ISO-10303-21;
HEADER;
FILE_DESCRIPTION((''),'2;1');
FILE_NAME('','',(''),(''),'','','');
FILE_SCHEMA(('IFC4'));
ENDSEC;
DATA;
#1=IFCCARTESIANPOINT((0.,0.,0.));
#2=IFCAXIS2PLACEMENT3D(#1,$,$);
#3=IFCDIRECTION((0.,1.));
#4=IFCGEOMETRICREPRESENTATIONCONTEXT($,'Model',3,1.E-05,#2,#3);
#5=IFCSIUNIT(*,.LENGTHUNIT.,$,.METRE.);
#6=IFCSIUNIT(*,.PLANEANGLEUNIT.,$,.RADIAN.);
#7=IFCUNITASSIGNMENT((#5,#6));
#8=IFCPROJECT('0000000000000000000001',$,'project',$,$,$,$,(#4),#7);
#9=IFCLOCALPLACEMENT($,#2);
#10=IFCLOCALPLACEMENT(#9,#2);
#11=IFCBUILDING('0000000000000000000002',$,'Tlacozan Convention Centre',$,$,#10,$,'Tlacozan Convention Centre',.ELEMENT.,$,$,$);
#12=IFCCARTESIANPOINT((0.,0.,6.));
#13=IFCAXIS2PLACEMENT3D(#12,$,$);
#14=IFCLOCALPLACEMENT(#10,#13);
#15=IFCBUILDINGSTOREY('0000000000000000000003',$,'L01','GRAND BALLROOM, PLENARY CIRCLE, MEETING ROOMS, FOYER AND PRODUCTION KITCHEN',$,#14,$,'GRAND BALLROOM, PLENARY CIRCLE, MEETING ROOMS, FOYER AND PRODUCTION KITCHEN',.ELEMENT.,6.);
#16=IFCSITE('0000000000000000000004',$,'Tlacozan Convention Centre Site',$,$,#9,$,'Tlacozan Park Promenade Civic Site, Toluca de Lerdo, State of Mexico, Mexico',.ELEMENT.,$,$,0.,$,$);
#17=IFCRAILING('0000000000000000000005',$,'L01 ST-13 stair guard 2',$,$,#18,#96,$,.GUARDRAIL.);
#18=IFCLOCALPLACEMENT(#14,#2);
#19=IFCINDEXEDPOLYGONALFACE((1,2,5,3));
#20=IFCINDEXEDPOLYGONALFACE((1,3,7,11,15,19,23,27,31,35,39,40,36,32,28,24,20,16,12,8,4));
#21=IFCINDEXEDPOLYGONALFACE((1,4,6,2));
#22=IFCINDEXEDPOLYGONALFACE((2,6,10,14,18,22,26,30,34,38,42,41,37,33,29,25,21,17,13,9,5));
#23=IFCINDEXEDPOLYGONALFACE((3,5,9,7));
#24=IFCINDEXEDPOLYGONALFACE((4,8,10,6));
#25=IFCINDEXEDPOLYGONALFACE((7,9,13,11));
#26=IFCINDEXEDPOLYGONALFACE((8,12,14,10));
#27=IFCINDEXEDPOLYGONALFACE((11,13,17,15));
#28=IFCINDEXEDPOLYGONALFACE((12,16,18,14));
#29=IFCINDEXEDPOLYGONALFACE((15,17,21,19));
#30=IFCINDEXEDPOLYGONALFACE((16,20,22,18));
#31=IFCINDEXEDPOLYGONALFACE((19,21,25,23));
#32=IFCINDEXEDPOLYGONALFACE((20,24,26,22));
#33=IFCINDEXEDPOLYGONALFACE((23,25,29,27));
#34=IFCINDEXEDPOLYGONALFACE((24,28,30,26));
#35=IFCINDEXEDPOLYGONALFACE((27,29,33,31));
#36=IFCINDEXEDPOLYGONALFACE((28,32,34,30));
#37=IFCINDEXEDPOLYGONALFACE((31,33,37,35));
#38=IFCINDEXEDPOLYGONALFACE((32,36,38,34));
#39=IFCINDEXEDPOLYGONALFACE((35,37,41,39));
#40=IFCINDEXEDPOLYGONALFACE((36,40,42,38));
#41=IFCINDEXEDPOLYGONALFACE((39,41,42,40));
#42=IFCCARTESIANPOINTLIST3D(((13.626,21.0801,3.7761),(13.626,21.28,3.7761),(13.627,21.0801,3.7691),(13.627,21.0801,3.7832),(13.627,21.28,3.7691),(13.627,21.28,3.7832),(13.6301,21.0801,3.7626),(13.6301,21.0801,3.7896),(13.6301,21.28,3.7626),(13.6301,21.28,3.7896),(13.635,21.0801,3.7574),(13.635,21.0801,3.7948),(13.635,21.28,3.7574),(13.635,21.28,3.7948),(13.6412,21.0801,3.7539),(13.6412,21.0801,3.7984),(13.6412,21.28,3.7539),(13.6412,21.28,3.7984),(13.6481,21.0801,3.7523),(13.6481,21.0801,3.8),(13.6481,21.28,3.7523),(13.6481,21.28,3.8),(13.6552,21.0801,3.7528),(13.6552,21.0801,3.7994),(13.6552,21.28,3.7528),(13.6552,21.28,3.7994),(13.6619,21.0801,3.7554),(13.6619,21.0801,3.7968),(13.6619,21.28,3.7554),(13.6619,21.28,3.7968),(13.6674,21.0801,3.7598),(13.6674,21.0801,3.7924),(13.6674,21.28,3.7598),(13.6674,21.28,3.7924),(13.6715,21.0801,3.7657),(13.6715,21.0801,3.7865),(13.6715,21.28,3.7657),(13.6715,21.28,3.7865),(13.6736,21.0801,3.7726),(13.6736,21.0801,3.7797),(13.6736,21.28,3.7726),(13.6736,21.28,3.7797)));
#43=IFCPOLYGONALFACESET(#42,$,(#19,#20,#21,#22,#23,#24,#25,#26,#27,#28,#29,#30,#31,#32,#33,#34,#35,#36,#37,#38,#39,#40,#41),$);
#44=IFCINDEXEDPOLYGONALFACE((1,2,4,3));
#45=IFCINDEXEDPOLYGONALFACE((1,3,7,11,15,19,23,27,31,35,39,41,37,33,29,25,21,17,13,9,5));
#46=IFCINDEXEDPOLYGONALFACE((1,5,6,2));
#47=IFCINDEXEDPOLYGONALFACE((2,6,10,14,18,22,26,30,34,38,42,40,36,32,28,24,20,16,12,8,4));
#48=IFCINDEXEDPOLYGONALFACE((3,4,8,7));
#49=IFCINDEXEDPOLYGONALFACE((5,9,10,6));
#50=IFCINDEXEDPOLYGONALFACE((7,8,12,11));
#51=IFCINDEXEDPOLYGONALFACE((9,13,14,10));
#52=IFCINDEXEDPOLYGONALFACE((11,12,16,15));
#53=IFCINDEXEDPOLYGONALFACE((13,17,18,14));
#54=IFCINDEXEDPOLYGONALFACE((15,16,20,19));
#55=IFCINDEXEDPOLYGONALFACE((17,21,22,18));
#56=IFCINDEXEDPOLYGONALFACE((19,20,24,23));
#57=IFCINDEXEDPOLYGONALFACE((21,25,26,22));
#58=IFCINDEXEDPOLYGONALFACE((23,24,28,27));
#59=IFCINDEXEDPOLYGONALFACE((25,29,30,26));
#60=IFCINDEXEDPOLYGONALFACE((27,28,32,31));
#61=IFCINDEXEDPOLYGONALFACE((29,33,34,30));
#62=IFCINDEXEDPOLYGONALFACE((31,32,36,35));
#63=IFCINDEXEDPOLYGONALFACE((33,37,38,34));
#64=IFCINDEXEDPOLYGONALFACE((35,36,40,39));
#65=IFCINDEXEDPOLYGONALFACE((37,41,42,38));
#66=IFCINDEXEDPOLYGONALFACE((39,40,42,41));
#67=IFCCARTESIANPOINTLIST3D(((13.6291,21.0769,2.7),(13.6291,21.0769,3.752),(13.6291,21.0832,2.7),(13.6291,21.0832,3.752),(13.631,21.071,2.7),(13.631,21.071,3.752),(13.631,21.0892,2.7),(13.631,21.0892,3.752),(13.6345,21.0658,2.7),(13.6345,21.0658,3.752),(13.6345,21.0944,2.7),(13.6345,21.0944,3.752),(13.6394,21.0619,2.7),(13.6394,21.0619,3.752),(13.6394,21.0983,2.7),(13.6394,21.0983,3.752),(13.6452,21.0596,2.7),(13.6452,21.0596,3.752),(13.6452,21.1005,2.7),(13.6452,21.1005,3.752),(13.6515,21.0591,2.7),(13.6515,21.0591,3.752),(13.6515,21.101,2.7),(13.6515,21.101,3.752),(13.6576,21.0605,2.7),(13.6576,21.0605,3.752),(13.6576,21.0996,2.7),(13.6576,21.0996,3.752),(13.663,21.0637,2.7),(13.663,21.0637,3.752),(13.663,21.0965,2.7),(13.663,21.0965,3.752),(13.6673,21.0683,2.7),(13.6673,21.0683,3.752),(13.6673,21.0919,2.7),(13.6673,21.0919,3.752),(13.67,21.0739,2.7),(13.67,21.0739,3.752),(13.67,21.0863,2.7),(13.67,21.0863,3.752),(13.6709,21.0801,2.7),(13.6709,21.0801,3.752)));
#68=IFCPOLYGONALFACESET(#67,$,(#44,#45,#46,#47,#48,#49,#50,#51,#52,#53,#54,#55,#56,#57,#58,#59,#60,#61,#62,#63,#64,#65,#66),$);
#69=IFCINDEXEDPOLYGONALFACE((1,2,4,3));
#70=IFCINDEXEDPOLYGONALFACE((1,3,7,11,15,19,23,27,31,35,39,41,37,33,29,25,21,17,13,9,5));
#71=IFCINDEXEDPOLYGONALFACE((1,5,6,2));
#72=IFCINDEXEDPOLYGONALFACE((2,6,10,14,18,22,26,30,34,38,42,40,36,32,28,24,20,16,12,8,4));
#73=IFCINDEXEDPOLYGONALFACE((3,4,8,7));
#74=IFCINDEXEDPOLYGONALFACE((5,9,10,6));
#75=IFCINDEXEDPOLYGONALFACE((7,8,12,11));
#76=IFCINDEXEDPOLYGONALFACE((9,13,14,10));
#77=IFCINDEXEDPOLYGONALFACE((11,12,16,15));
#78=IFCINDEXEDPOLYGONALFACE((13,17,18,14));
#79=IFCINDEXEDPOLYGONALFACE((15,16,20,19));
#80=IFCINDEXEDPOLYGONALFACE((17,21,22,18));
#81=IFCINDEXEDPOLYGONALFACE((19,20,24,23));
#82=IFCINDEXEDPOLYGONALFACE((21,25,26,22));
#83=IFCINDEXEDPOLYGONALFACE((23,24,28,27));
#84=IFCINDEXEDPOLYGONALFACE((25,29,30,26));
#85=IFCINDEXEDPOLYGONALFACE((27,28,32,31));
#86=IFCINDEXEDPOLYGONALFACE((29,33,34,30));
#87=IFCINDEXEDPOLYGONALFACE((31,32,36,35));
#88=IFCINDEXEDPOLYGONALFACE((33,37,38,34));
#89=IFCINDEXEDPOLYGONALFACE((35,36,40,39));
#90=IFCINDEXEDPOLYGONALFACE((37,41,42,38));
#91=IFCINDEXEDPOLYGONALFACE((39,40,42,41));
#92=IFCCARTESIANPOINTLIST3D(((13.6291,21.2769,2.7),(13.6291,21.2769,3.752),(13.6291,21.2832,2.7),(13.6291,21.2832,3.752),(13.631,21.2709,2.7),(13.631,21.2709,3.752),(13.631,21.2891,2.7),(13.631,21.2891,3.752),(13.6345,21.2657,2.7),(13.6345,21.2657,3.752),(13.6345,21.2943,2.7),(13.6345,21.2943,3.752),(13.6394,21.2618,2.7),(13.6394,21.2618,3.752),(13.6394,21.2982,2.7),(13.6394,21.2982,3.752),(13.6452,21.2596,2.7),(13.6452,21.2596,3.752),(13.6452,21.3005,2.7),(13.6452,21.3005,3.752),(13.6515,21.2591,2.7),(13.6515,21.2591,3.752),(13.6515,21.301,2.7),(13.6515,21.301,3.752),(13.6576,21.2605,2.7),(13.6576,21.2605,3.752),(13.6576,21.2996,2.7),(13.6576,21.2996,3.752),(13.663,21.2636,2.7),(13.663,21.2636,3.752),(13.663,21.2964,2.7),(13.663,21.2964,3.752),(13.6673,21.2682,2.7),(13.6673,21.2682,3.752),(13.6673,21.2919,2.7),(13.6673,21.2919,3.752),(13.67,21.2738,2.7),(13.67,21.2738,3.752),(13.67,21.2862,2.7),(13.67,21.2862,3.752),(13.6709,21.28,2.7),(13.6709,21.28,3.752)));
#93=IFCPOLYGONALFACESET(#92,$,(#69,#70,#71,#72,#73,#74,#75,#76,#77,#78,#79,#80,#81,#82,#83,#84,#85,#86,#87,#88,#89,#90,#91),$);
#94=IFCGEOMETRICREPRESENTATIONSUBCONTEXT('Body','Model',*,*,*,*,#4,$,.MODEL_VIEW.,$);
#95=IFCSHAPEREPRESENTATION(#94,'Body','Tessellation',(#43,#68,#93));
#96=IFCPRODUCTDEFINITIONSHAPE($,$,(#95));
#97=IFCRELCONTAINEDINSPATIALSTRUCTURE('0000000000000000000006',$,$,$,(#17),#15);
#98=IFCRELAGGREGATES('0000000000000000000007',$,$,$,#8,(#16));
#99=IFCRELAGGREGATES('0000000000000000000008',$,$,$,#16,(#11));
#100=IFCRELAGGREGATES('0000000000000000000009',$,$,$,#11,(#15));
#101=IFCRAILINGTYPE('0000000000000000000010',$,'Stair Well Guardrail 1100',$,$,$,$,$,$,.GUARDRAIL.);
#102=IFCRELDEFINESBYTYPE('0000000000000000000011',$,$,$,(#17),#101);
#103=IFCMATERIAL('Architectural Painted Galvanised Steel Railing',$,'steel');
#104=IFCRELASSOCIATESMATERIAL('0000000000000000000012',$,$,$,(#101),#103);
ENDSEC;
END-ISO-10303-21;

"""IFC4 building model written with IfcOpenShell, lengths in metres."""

from ifc_helpers import new_model, si_unit, direction, frame, origin, origin_2d, place, context, subcontext, project, spatial, circle, extrude, material, type_object, element, save


model = new_model("IFC4")

# Units and contexts
model_context = context("Model", 3, precision=1e-05, world=origin(), true_north=direction((0.0, 1.0)))
body_context = subcontext(model_context, "Body", "Model", "MODEL_VIEW")
ifc_project = project(units=[si_unit("LENGTHUNIT", "METRE"), si_unit("PLANEANGLEUNIT", "RADIAN")], contexts=[model_context])

# Site, building, storey
site_placement = place(None, origin())
site = spatial("IfcSite", under=ifc_project, at=site_placement, Name="Tlacozan Convention Centre Site", LongName="Tlacozan Park Promenade Civic Site, Toluca de Lerdo, State of Mexico, Mexico", CompositionType="ELEMENT", RefElevation=0.0)
building_placement = place(site_placement, origin())
building = spatial("IfcBuilding", under=site, at=building_placement, Name="Tlacozan Convention Centre", LongName="Tlacozan Convention Centre", CompositionType="ELEMENT")
storey_placement = place(building_placement, frame((0.0, 0.0, 6.0)))
storey = spatial("IfcBuildingStorey", under=building, at=storey_placement, Name="L01", Description="GRAND BALLROOM, PLENARY CIRCLE, MEETING ROOMS, FOYER AND PRODUCTION KITCHEN", LongName="GRAND BALLROOM, PLENARY CIRCLE, MEETING ROOMS, FOYER AND PRODUCTION KITCHEN", CompositionType="ELEMENT", Elevation=6.0)

# Railing
ifc_material_1 = material(Name="Architectural Painted Galvanised Steel Railing", Category="steel")
railing_type_1 = type_object("IfcRailingType", Name="Stair Well Guardrail 1100", PredefinedType="GUARDRAIL", material=ifc_material_1)
railing_1_placement = place(storey_placement, frame((13.6499, 21.0801, 2.7)))
element("IfcRailing", 1, at=railing_1_placement, inside=storey, type_object=railing_type_1, Name="L01 ST-13 stair guard 2", PredefinedType="GUARDRAIL", context=body_context, shape_type="SweptSolid", body=[
    extrude(circle(Radius=0.0239, at=origin_2d()), frame((0.0, 0.0, 1.0762), z_axis=(0.0, 1.0, 0.0), x_axis=(-1.0, 0.0, 0.0)), (0.0, 0.0, 1.0), 0.2),
    extrude(circle(Radius=0.021, at=origin_2d()), origin(), (0.0, 0.0, 1.0), 1.052),
    extrude(circle(Radius=0.021, at=origin_2d()), frame((0.0, 0.2, 0.0)), (0.0, 0.0, 1.0), 1.052),
])

save(model, "model.ifc")
